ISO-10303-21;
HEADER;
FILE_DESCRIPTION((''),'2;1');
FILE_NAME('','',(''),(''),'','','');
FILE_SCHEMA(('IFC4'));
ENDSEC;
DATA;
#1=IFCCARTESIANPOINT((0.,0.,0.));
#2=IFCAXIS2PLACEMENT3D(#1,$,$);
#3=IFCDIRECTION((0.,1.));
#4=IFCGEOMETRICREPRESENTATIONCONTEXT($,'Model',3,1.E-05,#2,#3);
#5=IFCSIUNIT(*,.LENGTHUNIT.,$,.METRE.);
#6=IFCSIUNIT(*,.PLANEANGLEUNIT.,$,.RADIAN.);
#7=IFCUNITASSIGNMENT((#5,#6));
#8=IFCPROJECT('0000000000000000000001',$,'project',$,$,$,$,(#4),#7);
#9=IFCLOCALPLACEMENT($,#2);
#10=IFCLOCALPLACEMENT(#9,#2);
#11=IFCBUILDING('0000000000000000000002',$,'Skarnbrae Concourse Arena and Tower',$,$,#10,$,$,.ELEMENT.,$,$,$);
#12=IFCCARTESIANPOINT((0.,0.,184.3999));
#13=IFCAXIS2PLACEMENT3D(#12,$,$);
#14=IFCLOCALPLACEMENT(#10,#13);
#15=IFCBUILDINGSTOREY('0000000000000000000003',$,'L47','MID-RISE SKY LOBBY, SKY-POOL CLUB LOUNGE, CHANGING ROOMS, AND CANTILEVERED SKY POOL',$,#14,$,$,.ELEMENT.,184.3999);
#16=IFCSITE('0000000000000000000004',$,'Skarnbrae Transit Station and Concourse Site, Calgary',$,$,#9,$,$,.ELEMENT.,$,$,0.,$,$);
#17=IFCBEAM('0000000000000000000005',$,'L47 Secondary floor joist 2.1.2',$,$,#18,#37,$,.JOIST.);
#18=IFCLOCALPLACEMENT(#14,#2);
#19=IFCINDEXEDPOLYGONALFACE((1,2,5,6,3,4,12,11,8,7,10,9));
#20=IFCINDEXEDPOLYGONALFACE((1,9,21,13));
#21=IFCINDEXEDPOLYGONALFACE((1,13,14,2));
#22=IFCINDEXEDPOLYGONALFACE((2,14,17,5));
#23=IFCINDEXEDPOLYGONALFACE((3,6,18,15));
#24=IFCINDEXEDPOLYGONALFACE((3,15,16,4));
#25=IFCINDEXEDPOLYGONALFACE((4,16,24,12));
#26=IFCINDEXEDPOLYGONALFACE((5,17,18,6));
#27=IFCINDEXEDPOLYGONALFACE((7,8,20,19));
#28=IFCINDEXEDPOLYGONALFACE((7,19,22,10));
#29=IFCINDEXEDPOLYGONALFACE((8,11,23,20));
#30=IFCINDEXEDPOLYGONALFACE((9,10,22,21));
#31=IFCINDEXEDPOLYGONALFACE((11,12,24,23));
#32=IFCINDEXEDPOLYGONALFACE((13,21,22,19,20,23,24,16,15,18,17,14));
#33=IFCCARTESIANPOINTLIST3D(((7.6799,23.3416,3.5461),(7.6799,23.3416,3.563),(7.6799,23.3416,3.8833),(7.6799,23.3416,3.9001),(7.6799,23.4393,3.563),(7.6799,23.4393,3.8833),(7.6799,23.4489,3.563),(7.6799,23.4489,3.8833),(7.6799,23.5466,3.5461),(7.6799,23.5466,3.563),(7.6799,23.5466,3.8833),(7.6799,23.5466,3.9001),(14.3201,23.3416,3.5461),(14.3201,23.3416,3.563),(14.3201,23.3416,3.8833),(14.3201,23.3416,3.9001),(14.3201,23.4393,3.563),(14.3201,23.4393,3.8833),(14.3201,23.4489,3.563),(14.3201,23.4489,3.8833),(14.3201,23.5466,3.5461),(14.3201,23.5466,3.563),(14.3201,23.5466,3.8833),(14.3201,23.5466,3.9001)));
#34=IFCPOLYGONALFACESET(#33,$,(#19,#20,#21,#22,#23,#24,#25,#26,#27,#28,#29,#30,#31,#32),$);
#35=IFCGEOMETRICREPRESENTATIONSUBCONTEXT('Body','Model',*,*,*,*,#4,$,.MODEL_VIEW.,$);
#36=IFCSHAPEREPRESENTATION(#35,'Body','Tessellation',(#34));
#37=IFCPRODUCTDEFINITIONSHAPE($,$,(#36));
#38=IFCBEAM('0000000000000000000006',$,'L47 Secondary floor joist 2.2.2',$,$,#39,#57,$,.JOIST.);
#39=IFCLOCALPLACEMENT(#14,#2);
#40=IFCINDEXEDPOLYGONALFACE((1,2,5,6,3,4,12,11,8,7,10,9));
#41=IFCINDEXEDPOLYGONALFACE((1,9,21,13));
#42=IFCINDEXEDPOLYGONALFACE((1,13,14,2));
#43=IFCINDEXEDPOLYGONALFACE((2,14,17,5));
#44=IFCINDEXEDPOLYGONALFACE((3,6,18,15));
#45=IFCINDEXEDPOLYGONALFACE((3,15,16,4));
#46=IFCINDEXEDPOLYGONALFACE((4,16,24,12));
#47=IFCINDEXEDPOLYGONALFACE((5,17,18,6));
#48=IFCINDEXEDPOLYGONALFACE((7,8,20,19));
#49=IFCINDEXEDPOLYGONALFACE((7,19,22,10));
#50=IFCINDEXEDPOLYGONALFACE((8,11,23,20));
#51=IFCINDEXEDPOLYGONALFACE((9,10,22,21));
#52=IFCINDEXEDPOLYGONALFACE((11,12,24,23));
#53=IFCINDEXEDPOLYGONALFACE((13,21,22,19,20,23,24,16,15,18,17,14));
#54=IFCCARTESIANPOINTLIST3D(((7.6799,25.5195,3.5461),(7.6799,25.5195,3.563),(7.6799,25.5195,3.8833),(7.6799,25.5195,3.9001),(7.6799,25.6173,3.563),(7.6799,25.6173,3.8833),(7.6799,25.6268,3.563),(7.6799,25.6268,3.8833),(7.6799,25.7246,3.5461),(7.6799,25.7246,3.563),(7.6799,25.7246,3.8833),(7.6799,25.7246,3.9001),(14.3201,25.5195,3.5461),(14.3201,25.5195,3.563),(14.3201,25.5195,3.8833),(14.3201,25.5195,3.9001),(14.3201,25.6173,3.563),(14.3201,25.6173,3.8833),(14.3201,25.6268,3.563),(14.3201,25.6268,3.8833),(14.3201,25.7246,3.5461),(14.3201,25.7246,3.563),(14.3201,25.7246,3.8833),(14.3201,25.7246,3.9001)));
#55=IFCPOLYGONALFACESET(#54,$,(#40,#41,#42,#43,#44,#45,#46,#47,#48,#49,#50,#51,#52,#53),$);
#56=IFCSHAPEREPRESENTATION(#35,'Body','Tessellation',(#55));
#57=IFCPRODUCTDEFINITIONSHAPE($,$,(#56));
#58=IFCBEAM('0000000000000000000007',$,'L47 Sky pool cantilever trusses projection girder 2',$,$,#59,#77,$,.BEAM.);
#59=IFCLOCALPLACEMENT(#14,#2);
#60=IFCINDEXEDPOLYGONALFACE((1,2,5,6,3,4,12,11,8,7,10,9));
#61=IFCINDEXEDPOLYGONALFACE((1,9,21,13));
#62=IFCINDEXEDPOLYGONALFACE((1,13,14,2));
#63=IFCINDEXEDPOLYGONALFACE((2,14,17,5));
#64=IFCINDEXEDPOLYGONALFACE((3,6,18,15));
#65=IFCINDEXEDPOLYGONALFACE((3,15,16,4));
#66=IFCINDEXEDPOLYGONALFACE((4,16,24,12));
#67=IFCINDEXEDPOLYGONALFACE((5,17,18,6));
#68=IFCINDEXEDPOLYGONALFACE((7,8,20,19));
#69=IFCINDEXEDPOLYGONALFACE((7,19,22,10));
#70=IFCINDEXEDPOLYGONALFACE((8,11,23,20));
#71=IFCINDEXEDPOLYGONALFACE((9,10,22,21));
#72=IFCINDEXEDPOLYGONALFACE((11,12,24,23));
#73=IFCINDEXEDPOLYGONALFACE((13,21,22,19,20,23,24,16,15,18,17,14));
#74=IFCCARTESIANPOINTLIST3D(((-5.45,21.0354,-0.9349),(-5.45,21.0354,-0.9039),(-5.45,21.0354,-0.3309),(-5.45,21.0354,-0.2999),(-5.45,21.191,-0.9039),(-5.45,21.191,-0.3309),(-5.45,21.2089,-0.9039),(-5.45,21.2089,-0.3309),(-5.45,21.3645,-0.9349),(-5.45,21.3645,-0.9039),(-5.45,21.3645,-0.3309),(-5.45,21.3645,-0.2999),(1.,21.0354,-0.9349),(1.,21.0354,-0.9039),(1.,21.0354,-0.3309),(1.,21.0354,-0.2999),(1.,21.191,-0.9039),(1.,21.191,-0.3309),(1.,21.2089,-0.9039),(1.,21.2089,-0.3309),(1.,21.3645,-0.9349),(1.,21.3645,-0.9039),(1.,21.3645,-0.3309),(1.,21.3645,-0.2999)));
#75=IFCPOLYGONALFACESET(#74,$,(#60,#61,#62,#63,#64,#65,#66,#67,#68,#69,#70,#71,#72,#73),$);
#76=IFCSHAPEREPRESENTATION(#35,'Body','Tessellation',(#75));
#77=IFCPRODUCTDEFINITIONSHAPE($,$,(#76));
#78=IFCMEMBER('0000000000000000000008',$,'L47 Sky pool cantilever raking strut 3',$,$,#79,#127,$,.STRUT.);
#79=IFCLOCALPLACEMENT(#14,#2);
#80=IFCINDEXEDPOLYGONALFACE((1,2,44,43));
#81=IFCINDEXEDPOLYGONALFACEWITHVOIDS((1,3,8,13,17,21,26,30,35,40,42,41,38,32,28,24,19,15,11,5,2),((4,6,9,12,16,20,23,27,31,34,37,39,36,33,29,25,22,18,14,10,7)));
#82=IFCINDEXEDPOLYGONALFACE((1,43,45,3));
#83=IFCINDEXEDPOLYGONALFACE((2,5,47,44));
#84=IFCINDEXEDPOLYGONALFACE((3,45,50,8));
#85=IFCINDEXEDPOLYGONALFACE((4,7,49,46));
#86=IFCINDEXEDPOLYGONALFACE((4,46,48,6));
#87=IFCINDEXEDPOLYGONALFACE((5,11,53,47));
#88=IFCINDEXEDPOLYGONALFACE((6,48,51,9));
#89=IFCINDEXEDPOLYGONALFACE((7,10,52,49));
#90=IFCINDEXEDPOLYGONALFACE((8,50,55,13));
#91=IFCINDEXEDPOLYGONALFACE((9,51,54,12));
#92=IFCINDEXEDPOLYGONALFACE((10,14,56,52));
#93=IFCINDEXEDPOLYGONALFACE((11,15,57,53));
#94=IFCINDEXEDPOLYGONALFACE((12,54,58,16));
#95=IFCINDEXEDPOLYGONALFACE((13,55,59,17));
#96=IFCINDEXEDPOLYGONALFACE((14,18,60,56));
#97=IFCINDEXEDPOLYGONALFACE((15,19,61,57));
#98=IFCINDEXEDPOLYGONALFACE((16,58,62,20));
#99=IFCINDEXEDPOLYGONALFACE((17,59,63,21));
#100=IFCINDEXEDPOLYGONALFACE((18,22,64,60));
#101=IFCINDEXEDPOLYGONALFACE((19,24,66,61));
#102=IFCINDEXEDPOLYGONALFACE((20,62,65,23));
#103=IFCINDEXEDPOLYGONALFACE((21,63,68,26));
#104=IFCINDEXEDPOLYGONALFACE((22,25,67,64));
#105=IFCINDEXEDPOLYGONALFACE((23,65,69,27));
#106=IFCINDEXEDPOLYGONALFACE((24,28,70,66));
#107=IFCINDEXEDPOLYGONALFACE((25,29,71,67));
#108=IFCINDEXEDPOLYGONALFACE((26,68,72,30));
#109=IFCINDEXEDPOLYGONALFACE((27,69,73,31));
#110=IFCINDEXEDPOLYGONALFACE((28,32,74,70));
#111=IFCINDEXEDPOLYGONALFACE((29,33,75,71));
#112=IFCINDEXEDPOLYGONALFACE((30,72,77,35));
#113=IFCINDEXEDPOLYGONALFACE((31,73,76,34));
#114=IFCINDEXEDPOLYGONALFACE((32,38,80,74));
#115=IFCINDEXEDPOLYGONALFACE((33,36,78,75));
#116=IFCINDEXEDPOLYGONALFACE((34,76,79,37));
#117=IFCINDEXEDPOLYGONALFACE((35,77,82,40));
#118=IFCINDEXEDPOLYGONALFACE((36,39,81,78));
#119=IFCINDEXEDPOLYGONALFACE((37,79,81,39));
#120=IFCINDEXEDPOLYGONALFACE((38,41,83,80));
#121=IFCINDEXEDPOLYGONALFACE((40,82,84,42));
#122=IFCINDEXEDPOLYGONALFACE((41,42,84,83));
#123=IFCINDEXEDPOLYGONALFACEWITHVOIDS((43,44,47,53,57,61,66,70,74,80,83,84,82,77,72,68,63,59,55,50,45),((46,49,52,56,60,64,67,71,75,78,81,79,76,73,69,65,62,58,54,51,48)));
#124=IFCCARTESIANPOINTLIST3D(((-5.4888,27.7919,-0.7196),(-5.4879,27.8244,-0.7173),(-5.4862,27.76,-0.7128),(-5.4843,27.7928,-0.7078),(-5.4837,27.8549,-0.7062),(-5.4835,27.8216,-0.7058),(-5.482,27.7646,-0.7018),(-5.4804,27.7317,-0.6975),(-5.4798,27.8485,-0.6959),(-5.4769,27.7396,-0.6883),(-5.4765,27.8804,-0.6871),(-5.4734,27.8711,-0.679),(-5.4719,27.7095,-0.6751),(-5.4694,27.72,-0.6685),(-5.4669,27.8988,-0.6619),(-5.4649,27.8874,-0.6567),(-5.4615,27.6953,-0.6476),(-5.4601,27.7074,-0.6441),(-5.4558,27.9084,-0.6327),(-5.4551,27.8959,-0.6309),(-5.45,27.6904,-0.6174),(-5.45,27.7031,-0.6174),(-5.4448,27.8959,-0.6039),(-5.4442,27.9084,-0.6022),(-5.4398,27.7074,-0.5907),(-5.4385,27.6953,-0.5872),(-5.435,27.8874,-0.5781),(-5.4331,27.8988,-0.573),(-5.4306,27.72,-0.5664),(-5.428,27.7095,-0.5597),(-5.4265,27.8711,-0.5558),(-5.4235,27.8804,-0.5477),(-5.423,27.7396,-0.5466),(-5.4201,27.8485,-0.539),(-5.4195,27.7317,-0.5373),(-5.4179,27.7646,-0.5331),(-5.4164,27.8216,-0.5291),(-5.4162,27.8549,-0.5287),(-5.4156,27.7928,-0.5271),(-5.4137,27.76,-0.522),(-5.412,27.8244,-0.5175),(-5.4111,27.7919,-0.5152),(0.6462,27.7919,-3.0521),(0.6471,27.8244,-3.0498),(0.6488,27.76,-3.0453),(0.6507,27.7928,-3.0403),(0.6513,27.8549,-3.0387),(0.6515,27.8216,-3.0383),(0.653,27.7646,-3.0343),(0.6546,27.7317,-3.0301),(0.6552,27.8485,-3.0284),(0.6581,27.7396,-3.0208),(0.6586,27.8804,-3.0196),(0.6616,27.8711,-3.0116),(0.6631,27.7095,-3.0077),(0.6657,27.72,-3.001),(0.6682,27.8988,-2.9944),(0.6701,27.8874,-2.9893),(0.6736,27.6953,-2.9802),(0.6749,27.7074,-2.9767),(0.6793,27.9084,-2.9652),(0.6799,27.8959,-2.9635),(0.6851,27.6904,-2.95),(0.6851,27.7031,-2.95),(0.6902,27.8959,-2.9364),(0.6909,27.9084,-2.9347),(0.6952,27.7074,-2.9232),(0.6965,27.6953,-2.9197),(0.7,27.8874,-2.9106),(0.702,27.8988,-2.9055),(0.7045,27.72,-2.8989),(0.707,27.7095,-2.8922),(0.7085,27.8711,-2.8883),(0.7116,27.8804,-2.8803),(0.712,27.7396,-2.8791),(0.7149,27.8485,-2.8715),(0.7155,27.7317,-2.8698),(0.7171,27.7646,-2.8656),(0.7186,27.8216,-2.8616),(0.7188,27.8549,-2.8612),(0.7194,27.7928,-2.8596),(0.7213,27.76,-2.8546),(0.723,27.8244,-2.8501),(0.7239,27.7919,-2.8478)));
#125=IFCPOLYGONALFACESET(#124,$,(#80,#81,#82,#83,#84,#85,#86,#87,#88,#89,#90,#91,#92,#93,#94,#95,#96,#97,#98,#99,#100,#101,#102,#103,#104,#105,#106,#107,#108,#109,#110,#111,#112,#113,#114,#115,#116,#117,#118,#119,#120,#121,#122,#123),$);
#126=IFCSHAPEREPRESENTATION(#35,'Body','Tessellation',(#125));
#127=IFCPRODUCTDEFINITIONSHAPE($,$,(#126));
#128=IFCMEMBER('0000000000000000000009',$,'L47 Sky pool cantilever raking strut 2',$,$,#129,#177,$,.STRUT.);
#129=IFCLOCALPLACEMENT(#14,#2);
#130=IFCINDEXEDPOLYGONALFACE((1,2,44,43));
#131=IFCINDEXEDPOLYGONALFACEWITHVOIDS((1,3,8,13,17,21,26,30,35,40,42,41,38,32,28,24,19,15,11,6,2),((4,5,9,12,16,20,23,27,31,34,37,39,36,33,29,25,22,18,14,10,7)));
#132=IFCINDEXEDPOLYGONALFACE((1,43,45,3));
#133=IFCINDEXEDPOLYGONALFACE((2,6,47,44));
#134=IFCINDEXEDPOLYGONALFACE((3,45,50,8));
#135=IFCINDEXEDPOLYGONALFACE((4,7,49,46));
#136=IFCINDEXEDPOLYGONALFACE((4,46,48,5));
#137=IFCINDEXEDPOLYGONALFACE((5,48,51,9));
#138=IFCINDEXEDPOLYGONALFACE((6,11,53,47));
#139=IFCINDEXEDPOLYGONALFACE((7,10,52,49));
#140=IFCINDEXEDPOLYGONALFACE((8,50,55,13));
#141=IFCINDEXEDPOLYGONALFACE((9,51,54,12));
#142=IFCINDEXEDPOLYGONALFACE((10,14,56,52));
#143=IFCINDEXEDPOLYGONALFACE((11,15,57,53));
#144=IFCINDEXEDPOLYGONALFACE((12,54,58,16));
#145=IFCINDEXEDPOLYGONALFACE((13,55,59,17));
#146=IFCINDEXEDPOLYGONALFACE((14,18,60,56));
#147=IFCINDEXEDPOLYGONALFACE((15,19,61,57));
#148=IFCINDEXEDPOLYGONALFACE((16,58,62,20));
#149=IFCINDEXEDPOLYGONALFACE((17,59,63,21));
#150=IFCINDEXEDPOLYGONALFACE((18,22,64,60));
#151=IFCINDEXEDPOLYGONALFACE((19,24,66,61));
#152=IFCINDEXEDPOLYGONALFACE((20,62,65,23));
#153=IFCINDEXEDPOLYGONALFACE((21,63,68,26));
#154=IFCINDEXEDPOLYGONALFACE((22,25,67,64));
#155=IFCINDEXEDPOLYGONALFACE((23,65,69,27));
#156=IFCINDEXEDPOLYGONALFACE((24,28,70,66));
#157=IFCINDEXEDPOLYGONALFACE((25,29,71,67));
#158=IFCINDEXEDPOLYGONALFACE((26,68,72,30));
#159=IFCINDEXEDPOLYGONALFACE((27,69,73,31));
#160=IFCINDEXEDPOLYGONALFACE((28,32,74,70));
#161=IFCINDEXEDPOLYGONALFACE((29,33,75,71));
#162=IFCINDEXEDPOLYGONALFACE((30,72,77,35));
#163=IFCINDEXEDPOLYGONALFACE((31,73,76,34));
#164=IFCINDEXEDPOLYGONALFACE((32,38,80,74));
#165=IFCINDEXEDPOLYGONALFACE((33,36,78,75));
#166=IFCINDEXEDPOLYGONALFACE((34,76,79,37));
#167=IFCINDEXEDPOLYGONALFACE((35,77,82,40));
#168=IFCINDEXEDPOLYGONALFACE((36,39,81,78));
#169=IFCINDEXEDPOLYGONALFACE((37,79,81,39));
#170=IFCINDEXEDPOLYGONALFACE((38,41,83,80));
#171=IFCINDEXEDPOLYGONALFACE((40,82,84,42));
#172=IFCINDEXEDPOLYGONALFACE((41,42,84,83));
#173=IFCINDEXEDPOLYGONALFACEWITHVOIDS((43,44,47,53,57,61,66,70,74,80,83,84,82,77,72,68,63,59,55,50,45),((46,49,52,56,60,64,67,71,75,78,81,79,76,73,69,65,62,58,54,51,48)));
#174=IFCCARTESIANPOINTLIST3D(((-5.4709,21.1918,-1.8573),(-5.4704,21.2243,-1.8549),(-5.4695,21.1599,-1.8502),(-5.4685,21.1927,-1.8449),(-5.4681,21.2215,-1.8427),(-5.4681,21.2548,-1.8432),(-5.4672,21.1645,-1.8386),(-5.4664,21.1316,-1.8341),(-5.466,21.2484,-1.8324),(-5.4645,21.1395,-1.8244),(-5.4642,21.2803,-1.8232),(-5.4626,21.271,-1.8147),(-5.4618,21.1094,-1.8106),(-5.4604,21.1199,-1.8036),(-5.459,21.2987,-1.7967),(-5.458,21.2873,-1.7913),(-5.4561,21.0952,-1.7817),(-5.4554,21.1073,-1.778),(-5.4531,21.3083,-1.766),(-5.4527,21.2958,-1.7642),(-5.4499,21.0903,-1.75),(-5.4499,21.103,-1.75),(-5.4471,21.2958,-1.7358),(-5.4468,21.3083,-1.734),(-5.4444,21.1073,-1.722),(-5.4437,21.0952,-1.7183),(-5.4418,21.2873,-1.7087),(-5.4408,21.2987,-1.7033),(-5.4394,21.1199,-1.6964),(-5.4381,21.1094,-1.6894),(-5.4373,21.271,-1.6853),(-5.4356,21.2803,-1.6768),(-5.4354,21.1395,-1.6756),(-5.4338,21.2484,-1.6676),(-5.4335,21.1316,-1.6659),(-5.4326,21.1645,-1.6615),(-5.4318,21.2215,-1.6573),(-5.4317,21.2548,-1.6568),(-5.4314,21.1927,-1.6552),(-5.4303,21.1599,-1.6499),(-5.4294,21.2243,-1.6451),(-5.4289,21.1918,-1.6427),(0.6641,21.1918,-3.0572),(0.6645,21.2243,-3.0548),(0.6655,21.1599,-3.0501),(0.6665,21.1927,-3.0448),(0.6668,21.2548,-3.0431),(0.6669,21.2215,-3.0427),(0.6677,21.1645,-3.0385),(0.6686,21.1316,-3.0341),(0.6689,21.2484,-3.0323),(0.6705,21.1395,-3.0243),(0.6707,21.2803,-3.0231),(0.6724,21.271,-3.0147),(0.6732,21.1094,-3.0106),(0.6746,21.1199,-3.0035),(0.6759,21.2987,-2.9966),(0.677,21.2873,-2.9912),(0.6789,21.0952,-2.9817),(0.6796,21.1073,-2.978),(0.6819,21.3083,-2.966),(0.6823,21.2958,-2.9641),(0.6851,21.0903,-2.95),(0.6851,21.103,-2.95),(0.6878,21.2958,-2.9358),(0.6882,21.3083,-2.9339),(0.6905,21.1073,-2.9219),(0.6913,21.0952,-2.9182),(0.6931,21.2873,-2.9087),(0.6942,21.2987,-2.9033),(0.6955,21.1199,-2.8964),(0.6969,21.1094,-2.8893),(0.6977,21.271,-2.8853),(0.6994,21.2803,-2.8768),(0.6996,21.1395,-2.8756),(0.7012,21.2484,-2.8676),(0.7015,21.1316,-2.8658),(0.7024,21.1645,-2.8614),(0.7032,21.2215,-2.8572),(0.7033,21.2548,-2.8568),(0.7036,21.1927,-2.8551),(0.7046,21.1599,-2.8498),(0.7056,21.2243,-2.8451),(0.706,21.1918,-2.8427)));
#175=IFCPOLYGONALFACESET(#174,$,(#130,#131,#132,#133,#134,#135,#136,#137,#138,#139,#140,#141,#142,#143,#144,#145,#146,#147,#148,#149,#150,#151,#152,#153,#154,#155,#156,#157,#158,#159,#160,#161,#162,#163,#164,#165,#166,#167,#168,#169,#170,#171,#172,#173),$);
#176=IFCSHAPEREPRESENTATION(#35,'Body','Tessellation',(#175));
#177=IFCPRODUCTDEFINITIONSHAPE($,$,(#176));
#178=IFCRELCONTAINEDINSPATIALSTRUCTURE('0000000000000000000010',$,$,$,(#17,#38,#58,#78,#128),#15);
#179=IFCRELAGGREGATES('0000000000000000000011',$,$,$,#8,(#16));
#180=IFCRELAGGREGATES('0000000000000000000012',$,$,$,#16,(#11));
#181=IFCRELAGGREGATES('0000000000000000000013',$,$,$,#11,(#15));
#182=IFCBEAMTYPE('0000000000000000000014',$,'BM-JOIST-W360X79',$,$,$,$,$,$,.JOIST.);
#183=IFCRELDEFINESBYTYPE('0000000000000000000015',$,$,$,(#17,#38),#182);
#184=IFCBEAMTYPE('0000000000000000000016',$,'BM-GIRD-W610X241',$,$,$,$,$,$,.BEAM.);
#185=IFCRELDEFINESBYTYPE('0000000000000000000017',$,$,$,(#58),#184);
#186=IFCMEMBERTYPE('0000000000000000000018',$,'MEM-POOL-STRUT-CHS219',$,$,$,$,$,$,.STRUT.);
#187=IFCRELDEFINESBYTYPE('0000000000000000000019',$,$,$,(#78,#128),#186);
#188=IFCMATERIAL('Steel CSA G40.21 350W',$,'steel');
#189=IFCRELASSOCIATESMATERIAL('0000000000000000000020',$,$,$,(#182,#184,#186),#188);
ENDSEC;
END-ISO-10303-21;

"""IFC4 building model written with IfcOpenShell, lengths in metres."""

from ifc_helpers import new_model, si_unit, direction, frame, origin, origin_2d, place, context, subcontext, project, spatial, hollow_circle, i_section, extrude, source, transform, mapped, material, material_profile, profile_set, type_object, element, save


model = new_model("IFC4")

# Units and contexts
model_context = context("Model", 3, precision=1e-05, world=origin(), true_north=direction((0.0, 1.0)))
body_context = subcontext(model_context, "Body", "Model", "MODEL_VIEW")
ifc_project = project(units=[si_unit("LENGTHUNIT", "METRE"), si_unit("PLANEANGLEUNIT", "RADIAN")], contexts=[model_context])

# Site, building, storey
site_placement = place(None, origin())
site = spatial("IfcSite", under=ifc_project, at=site_placement, Name="Skarnbrae Transit Station and Concourse Site, Calgary", CompositionType="ELEMENT", RefElevation=0.0)
building_placement = place(site_placement, origin())
building = spatial("IfcBuilding", under=site, at=building_placement, Name="Skarnbrae Concourse Arena and Tower", CompositionType="ELEMENT")
storey_placement = place(building_placement, frame((0.0, 0.0, 184.3999)))
storey = spatial("IfcBuildingStorey", under=building, at=storey_placement, Name="L47", Description="MID-RISE SKY LOBBY, SKY-POOL CLUB LOUNGE, CHANGING ROOMS, AND CANTILEVERED SKY POOL", CompositionType="ELEMENT", Elevation=184.3999)

# Shared definitions
ifc_material_1 = material(Name="Steel CSA G40.21 350W", Category="steel")

# Beams
ifc_material_profile_1 = material_profile(ifc_material_1, i_section(OverallWidth=0.2051, OverallDepth=0.354, WebThickness=0.0095, FlangeThickness=0.0168, at=origin_2d()), Name="W360X79")
ifc_profile_set_1 = profile_set([ifc_material_profile_1], Name="Steel CSA G40.21 350W")
beam_type_1 = type_object("IfcBeamType", Name="BM-JOIST-W360X79", PredefinedType="JOIST", material=ifc_profile_set_1)
shared_shape_1 = source(origin(), body_context, "Body", "SweptSolid", [
    extrude(i_section(OverallWidth=0.2051, OverallDepth=0.354, WebThickness=0.0095, FlangeThickness=0.0168, at=origin_2d()), origin(), (0.0, 0.0, 1.0), 6.6401),
])
for number, where, z_axis, x_axis, name in (
    (1, (7.6799, 23.4441, 3.7231), (1.0, 0.0, 0.0), (0.0, 1.0, 0.0), "L47 Secondary floor joist 2.1.2"),
    (2, (7.6799, 25.6221, 3.7231), (1.0, 0.0, 0.0), (0.0, 1.0, 0.0), "L47 Secondary floor joist 2.2.2"),
):
    element("IfcBeam", number, at=place(storey_placement, frame(where, z_axis=z_axis, x_axis=x_axis)), inside=storey, type_object=beam_type_1, Name=name, PredefinedType="JOIST", context=body_context, shape_type="MappedRepresentation", body=[
        mapped(shared_shape_1, transform((0.0, 0.0, 0.0))),
    ])
ifc_material_profile_2 = material_profile(ifc_material_1, i_section(OverallWidth=0.3291, OverallDepth=0.635, WebThickness=0.0178, FlangeThickness=0.031, at=origin_2d()), Name="W610X241")
ifc_profile_set_2 = profile_set([ifc_material_profile_2], Name="Steel CSA G40.21 350W")
beam_type_2 = type_object("IfcBeamType", Name="BM-GIRD-W610X241", PredefinedType="BEAM", material=ifc_profile_set_2)
shared_shape_2 = source(origin(), body_context, "Body", "SweptSolid", [
    extrude(i_section(OverallWidth=0.3291, OverallDepth=0.635, WebThickness=0.0178, FlangeThickness=0.031, at=origin_2d()), origin(), (0.0, 0.0, 1.0), 6.45),
])
beam_1_placement = place(storey_placement, frame((1.0, 21.2, -0.6174), z_axis=(-1.0, 0.0, 0.0), x_axis=(0.0, -1.0, 0.0)))
element("IfcBeam", 3, at=beam_1_placement, inside=storey, type_object=beam_type_2, Name="L47 Sky pool cantilever trusses projection girder 2", PredefinedType="BEAM", context=body_context, shape_type="MappedRepresentation", body=[
    mapped(shared_shape_2, transform((0.0, 0.0, 0.0))),
])

# Members
ifc_material_profile_3 = material_profile(ifc_material_1, hollow_circle(Radius=0.1096, WallThickness=0.0127, at=origin_2d()), Name="HSS219X12.7")
ifc_profile_set_3 = profile_set([ifc_material_profile_3], Name="Steel CSA G40.21 350W")
member_type = type_object("IfcMemberType", Name="MEM-POOL-STRUT-CHS219", PredefinedType="STRUT", material=ifc_profile_set_3)
shared_shape_3 = source(origin(), body_context, "Body", "SweptSolid", [
    extrude(hollow_circle(Radius=0.1096, WallThickness=0.0127, at=origin_2d()), origin(), (0.0, 0.0, 1.0), 6.5635),
])
member_1_placement = place(storey_placement, frame((0.6851, 27.8, -2.95), z_axis=(-0.934722, 0.0, 0.35538), x_axis=(0.0, -1.0, 0.0)))
element("IfcMember", 4, at=member_1_placement, inside=storey, type_object=member_type, Name="L47 Sky pool cantilever raking strut 3", PredefinedType="STRUT", context=body_context, shape_type="MappedRepresentation", body=[
    mapped(shared_shape_3, transform((0.0, 0.0, 0.0))),
])
shared_shape_4 = source(origin(), body_context, "Body", "SweptSolid", [
    extrude(hollow_circle(Radius=0.1096, WallThickness=0.0127, at=origin_2d()), origin(), (0.0, 0.0, 1.0), 6.2512),
])
member_2_placement = place(storey_placement, frame((0.6851, 21.2, -2.95), z_axis=(-0.981404, 0.0, 0.191954), x_axis=(0.0, -1.0, 0.0)))
element("IfcMember", 5, at=member_2_placement, inside=storey, type_object=member_type, Name="L47 Sky pool cantilever raking strut 2", PredefinedType="STRUT", context=body_context, shape_type="MappedRepresentation", body=[
    mapped(shared_shape_4, transform((0.0, 0.0, 0.0))),
])

save(model, "model.ifc")
